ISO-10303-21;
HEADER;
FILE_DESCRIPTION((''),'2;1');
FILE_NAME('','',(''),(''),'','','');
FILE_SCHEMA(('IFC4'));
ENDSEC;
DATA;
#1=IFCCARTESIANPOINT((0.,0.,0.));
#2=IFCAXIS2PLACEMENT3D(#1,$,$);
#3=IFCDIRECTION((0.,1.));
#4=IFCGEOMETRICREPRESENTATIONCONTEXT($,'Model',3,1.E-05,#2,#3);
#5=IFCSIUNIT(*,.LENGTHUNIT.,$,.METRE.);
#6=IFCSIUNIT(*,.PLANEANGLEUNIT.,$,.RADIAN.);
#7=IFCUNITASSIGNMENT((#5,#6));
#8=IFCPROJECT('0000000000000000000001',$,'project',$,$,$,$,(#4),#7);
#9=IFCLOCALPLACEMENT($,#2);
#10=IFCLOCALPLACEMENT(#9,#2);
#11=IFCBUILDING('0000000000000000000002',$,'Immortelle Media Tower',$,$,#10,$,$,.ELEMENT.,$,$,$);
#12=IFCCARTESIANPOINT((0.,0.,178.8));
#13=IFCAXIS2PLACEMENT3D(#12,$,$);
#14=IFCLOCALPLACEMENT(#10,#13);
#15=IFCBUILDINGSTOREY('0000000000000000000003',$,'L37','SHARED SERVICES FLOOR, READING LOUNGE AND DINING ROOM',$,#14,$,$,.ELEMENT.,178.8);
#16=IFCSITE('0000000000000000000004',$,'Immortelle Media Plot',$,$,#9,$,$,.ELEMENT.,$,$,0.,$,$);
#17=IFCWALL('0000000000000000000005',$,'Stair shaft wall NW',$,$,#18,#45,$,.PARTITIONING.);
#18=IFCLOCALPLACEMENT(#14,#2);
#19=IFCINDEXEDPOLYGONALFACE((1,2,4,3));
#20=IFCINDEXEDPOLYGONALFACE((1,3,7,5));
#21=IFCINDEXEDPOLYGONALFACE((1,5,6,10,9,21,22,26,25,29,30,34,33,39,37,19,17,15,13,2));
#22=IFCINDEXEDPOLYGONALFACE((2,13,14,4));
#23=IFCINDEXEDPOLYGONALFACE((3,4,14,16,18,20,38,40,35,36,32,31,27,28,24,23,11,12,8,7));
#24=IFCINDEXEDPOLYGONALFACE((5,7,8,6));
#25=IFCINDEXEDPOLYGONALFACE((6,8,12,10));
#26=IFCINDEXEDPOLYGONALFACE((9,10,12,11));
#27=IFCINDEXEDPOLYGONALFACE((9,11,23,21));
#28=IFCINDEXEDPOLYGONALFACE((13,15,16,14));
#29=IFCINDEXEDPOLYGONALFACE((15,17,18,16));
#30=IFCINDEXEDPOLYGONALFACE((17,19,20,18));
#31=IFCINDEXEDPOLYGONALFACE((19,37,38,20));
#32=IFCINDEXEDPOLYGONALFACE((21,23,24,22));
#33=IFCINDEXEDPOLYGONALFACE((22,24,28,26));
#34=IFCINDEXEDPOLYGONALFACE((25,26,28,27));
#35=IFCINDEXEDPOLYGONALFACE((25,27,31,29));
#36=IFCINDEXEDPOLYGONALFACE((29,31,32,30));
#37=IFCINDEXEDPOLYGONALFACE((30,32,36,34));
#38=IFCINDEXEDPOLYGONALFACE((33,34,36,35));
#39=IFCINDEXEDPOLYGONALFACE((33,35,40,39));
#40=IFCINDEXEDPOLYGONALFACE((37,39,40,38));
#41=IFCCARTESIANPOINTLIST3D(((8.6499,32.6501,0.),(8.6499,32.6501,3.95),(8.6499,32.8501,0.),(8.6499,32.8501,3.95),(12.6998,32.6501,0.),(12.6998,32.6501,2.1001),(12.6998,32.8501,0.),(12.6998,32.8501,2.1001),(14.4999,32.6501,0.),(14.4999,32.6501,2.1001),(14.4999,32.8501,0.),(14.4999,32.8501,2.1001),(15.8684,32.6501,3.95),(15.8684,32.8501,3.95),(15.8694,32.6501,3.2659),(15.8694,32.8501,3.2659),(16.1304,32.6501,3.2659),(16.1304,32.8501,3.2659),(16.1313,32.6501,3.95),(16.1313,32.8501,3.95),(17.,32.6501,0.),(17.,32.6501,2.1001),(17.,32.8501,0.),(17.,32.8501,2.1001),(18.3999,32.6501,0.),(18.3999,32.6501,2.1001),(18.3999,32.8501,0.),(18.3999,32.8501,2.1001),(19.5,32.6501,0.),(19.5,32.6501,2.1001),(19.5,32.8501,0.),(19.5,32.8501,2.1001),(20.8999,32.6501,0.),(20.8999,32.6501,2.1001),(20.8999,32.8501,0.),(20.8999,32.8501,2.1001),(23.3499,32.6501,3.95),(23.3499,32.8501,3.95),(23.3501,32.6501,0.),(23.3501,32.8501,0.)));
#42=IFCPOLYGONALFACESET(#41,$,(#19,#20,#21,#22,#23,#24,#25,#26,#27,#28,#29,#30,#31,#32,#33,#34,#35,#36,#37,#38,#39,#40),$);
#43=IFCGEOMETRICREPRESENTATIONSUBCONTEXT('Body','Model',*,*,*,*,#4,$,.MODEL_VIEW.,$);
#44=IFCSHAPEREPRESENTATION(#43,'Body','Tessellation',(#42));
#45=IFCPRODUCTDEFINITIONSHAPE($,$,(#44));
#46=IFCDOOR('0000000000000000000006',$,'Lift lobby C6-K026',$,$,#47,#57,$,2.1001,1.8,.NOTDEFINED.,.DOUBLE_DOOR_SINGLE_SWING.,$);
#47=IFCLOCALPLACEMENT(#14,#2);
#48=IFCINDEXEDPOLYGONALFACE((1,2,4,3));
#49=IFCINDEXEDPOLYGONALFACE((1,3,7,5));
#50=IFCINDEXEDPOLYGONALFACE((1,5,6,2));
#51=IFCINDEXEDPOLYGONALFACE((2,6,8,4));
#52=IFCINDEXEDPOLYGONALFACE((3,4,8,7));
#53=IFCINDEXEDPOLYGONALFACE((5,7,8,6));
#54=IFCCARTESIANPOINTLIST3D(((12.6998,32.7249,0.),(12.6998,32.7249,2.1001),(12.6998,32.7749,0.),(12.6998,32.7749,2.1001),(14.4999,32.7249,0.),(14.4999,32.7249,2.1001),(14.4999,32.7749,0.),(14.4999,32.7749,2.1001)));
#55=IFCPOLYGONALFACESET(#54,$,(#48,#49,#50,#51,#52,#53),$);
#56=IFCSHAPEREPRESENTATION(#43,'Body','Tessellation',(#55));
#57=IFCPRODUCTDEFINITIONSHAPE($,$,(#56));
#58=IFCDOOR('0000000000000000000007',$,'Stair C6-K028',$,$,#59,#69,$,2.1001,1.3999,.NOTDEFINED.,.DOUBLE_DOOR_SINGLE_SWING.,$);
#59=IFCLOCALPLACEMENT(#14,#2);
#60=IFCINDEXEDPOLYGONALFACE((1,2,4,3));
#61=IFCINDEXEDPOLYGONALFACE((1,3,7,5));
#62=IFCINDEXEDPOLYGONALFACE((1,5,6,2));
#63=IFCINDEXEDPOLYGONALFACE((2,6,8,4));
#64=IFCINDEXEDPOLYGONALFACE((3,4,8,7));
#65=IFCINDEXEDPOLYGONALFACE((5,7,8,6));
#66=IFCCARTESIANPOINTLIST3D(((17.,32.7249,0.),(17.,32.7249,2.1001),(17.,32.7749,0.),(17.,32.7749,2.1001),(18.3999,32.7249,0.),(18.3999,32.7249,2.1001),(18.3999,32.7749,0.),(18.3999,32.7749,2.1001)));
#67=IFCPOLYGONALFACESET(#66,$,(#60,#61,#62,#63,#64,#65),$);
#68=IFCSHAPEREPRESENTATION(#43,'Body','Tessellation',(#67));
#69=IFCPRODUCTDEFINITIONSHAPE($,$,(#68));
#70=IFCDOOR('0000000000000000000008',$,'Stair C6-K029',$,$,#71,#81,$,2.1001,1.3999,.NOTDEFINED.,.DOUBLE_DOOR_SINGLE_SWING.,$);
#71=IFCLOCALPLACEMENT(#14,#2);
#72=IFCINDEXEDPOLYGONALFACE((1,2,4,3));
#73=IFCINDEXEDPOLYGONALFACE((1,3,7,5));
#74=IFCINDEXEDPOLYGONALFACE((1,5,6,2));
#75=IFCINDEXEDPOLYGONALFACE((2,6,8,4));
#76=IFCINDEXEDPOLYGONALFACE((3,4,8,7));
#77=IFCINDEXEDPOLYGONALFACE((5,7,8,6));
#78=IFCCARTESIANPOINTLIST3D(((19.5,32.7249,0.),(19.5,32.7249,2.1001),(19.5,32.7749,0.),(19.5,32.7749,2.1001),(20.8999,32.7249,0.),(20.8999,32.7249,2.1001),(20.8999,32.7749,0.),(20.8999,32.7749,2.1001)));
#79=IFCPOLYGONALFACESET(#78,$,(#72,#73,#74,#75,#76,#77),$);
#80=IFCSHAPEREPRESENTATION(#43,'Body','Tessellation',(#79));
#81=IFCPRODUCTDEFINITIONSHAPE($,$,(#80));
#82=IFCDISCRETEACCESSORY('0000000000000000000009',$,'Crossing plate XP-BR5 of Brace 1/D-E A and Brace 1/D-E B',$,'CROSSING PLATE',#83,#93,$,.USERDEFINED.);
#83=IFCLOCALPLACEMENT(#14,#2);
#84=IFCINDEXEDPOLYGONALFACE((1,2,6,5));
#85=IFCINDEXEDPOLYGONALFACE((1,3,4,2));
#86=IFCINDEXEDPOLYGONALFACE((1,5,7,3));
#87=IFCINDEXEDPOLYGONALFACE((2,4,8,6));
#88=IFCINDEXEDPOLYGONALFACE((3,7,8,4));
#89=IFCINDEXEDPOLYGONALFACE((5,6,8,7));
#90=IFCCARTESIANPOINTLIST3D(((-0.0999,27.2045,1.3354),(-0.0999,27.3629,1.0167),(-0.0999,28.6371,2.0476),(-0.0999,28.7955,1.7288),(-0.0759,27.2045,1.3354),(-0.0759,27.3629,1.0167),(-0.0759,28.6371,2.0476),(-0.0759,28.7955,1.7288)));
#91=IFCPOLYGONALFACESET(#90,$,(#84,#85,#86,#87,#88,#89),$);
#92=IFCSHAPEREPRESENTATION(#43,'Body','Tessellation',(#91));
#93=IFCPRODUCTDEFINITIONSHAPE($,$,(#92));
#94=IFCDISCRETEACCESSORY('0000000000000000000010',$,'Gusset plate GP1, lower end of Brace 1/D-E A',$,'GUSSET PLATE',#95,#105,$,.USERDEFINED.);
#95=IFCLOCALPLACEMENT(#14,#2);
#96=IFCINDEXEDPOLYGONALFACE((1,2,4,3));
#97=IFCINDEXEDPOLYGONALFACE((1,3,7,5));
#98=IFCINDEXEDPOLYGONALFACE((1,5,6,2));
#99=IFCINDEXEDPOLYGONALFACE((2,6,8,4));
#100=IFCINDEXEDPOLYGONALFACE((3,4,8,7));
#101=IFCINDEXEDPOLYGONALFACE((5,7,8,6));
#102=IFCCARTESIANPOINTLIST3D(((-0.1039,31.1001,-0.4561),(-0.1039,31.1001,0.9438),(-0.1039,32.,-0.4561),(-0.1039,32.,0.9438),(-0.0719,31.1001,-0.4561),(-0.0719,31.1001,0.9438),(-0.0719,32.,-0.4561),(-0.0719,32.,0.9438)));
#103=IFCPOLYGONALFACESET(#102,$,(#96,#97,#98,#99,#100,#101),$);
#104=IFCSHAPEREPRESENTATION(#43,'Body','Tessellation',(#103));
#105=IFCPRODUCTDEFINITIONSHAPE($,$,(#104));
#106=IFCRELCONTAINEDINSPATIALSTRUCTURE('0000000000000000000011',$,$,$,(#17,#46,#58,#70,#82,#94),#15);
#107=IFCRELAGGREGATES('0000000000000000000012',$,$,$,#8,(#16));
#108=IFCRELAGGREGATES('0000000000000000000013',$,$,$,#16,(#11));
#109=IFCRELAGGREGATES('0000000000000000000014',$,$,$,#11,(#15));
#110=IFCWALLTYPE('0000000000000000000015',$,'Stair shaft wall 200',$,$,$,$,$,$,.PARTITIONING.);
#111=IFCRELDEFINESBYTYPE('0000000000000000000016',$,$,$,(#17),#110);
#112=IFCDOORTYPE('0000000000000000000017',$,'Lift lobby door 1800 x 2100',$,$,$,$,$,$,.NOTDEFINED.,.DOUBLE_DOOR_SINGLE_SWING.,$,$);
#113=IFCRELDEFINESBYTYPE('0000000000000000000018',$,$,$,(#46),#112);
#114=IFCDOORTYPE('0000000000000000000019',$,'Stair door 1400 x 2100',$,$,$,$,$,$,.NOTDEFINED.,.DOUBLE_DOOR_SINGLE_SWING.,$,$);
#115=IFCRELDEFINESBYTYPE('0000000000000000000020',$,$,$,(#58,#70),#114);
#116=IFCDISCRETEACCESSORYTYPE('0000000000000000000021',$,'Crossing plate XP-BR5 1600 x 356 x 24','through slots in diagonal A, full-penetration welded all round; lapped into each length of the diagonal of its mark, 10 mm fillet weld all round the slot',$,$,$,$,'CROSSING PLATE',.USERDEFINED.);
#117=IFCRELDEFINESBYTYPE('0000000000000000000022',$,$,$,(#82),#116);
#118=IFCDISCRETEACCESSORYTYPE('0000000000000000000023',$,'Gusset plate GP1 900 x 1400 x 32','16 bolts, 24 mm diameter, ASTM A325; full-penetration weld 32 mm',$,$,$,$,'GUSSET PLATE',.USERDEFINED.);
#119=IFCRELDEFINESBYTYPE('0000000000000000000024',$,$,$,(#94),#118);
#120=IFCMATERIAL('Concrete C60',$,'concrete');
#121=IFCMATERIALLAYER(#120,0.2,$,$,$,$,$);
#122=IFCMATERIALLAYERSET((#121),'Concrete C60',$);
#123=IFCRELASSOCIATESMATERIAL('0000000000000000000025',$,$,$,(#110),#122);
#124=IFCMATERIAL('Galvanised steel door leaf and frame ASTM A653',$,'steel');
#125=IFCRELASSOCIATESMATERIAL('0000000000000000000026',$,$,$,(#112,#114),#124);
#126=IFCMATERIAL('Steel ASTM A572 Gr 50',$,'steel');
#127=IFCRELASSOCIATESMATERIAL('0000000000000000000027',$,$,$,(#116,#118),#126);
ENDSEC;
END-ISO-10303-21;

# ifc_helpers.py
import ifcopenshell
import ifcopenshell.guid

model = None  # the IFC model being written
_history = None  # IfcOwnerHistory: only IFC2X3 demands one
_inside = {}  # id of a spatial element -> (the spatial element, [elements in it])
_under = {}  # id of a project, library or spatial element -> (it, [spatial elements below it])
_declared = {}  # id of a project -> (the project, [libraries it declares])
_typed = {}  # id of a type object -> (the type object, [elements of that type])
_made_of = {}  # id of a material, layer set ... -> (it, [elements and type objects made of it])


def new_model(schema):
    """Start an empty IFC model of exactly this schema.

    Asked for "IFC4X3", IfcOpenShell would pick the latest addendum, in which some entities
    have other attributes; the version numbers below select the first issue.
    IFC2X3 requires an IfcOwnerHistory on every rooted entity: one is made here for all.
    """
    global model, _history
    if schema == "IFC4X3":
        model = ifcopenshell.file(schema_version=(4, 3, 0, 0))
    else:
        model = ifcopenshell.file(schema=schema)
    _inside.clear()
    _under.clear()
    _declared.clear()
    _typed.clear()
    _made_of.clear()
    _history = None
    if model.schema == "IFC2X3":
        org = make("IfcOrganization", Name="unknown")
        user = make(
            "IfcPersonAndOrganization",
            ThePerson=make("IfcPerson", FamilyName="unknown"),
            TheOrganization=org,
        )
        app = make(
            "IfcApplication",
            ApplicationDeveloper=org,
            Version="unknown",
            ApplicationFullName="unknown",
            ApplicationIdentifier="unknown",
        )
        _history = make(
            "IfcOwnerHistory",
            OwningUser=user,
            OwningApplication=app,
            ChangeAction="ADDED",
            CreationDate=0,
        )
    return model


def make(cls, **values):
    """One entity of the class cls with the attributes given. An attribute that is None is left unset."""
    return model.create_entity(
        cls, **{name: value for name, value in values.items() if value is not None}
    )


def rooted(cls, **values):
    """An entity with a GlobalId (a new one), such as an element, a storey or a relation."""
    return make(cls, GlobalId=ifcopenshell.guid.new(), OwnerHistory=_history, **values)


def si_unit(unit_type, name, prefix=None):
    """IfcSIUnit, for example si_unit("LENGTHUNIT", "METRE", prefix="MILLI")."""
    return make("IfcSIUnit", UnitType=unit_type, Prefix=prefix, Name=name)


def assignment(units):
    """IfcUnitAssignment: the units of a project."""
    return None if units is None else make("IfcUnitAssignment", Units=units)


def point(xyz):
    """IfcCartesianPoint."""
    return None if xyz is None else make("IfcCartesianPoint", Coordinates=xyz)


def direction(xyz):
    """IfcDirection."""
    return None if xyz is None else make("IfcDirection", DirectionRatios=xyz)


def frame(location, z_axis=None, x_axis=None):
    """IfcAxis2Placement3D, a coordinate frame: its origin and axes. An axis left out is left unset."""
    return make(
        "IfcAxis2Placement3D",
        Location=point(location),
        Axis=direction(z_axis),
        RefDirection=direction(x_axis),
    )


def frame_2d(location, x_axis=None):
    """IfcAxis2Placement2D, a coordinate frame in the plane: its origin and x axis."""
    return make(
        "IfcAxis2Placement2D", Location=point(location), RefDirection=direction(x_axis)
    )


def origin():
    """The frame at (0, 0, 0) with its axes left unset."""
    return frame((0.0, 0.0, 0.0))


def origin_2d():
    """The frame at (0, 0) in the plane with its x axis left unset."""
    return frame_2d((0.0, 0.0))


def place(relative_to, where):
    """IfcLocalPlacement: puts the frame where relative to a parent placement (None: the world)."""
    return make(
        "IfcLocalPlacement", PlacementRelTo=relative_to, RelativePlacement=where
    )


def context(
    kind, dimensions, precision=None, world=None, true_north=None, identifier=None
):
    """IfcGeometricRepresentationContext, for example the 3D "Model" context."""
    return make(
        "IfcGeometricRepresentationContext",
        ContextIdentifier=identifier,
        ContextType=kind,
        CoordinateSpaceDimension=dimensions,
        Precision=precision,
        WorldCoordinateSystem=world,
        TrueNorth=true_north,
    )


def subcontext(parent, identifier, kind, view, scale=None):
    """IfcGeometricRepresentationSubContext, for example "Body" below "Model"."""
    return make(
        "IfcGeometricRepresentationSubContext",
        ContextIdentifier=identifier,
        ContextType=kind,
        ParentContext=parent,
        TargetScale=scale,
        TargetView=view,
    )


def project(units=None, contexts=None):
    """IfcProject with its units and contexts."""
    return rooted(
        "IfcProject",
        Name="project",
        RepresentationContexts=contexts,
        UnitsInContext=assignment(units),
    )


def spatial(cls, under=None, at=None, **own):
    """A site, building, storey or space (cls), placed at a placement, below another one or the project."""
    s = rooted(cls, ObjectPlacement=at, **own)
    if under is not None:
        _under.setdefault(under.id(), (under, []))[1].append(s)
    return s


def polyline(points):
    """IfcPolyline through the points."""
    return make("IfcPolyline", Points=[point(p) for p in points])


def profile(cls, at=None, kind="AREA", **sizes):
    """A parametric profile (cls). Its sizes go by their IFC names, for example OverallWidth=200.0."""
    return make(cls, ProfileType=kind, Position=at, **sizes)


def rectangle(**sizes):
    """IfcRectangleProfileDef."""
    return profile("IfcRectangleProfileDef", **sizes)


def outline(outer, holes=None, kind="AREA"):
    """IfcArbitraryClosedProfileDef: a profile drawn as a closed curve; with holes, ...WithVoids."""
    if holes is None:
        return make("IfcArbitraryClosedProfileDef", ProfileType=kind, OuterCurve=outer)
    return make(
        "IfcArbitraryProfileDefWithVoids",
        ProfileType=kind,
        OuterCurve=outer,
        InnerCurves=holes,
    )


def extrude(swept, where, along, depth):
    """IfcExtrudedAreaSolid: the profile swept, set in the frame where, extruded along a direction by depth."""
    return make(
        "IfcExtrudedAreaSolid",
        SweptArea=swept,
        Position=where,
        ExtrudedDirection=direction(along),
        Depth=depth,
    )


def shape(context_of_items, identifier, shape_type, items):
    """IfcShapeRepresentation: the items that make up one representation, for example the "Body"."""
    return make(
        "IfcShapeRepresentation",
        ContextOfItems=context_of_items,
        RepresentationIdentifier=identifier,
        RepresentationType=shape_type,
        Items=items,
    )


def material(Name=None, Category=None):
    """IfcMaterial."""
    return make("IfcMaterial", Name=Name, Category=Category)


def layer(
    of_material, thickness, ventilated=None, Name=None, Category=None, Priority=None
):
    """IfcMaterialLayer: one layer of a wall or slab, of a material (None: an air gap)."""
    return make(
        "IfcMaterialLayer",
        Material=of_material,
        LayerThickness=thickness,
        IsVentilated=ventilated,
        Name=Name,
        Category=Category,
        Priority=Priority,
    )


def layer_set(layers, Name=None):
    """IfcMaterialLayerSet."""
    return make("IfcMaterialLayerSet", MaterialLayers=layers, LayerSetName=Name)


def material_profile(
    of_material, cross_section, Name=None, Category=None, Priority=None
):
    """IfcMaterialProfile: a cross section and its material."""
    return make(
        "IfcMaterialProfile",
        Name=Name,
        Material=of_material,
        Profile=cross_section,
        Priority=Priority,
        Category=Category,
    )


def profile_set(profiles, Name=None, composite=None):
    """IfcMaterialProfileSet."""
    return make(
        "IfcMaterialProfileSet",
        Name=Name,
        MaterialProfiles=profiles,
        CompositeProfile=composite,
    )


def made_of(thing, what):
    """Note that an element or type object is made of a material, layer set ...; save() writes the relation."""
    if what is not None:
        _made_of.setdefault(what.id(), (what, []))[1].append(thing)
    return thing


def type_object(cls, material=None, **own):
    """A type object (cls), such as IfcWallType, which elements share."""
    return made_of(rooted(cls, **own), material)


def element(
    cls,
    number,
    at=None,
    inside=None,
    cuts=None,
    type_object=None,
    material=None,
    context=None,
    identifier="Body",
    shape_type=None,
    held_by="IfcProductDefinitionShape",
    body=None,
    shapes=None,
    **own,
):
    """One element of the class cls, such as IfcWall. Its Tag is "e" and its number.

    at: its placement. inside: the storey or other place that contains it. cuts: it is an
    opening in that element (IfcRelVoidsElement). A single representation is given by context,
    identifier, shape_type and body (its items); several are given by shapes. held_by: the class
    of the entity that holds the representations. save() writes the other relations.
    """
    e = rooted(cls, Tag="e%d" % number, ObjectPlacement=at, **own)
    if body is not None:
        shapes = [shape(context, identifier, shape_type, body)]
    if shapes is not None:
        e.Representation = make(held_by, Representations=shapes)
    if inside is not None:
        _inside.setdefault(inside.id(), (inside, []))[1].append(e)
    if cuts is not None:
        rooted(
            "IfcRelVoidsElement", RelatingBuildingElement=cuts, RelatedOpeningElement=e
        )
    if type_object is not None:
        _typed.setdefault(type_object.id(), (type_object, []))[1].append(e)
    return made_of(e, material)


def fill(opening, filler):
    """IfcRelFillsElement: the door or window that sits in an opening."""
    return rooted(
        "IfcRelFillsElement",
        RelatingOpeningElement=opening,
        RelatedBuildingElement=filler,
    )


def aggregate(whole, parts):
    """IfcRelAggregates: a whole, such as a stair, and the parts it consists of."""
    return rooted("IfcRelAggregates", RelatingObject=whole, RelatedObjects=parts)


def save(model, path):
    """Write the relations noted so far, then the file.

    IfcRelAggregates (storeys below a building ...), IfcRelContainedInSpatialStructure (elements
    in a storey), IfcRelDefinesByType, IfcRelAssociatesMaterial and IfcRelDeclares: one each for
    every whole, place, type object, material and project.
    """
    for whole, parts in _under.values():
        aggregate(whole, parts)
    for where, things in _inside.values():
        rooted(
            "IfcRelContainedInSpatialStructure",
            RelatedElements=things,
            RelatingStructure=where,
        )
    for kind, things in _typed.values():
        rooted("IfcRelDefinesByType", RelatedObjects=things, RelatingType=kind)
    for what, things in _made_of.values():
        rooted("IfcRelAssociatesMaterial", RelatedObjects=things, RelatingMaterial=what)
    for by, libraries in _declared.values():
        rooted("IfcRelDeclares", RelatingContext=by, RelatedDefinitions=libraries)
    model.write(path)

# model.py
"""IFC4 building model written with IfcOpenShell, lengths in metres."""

from ifc_helpers import new_model, si_unit, direction, frame, frame_2d, origin, origin_2d, place, context, subcontext, project, spatial, polyline, rectangle, outline, extrude, material, layer, layer_set, material_profile, profile_set, type_object, element, fill, save


model = new_model("IFC4")

# Units and contexts
model_context = context("Model", 3, precision=1e-05, world=origin(), true_north=direction((0.0, 1.0)))
body_context = subcontext(model_context, "Body", "Model", "MODEL_VIEW")
ifc_project = project(units=[si_unit("LENGTHUNIT", "METRE"), si_unit("PLANEANGLEUNIT", "RADIAN")], contexts=[model_context])

# Site, building, storey
site_placement = place(None, origin())
site = spatial("IfcSite", under=ifc_project, at=site_placement, Name="Immortelle Media Plot", CompositionType="ELEMENT", RefElevation=0.0)
building_placement = place(site_placement, origin())
building = spatial("IfcBuilding", under=site, at=building_placement, Name="Immortelle Media Tower", CompositionType="ELEMENT")
storey_placement = place(building_placement, frame((0.0, 0.0, 178.8)))
storey = spatial("IfcBuildingStorey", under=building, at=storey_placement, Name="L37", Description="SHARED SERVICES FLOOR, READING LOUNGE AND DINING ROOM", CompositionType="ELEMENT", Elevation=178.8)

# Shared definitions
ifc_material_1 = material(Name="Galvanised steel door leaf and frame ASTM A653", Category="steel")

# Wall, openings, doors
ifc_material_2 = material(Name="Concrete C60", Category="concrete")
ifc_layer_1 = layer(ifc_material_2, 0.2)
ifc_layer_set_1 = layer_set([ifc_layer_1], Name="Concrete C60")
wall_type_1 = type_object("IfcWallType", Name="Stair shaft wall 200", PredefinedType="PARTITIONING", material=ifc_layer_set_1)
wall_1_placement = place(storey_placement, frame((8.6499, 32.75, 0.0), z_axis=(0.0, 0.0, 1.0), x_axis=(1.0, 0.0, 0.0)))
wall_1 = element("IfcWall", 1, at=wall_1_placement, inside=storey, type_object=wall_type_1, Name="Stair shaft wall NW", PredefinedType="PARTITIONING", context=body_context, shape_type="SweptSolid", body=[
    extrude(outline(polyline([(0.0, 0.0), (14.7002, 0.0), (14.7, 3.95), (7.4814, 3.95), (7.4805, 3.2659), (7.2195, 3.2659), (7.2185, 3.95), (0.0, 3.95), (0.0, 0.0)])), frame((0.0, 0.1001, 0.0), z_axis=(0.0, -1.0, 0.0), x_axis=(1.0, 0.0, 0.0)), (0.0, 0.0, 1.0), 0.2),
])
opening_1_placement = place(wall_1_placement, frame((4.05, 0.0, 0.0)))
opening_1 = element("IfcOpeningElement", 2, at=opening_1_placement, cuts=wall_1, PredefinedType="OPENING", context=body_context, shape_type="SweptSolid", body=[
    extrude(rectangle(XDim=1.8, YDim=2.1001, at=frame_2d((0.8999, 1.05))), frame((0.0, 0.1099, 0.0), z_axis=(0.0, -1.0, 0.0), x_axis=(1.0, 0.0, 0.0)), (0.0, 0.0, 1.0), 0.22),
])
opening_2_placement = place(wall_1_placement, frame((8.3501, 0.0, 0.0)))
opening_2 = element("IfcOpeningElement", 3, at=opening_2_placement, cuts=wall_1, PredefinedType="OPENING", context=body_context, shape_type="SweptSolid", body=[
    extrude(rectangle(XDim=1.3999, YDim=2.1001, at=frame_2d((0.7, 1.05))), frame((0.0, 0.1099, 0.0), z_axis=(0.0, -1.0, 0.0), x_axis=(1.0, 0.0, 0.0)), (0.0, 0.0, 1.0), 0.22),
])
opening_3_placement = place(wall_1_placement, frame((10.8501, 0.0, 0.0)))
opening_3 = element("IfcOpeningElement", 4, at=opening_3_placement, cuts=wall_1, PredefinedType="OPENING", context=body_context, shape_type="SweptSolid", body=[
    extrude(rectangle(XDim=1.3999, YDim=2.1001, at=frame_2d((0.7, 1.05))), frame((0.0, 0.1099, 0.0), z_axis=(0.0, -1.0, 0.0), x_axis=(1.0, 0.0, 0.0)), (0.0, 0.0, 1.0), 0.22),
])
door_type_1 = type_object("IfcDoorType", Name="Lift lobby door 1800 x 2100", OperationType="DOUBLE_DOOR_SINGLE_SWING", PredefinedType="NOTDEFINED", material=ifc_material_1)
door_1_placement = place(opening_1_placement, origin())
door_1 = element("IfcDoor", 5, at=door_1_placement, inside=storey, type_object=door_type_1, Name="Lift lobby C6-K026", OperationType="DOUBLE_DOOR_SINGLE_SWING", OverallHeight=2.1001, OverallWidth=1.8, PredefinedType="NOTDEFINED", context=body_context, shape_type="SweptSolid", body=[
    extrude(rectangle(XDim=1.8, YDim=2.1001, at=frame_2d((0.8999, 1.05))), frame((0.0, 0.0249, 0.0), z_axis=(0.0, -1.0, 0.0), x_axis=(1.0, 0.0, 0.0)), (0.0, 0.0, 1.0), 0.05),
])
fill(opening_1, door_1)
door_type_2 = type_object("IfcDoorType", Name="Stair door 1400 x 2100", OperationType="DOUBLE_DOOR_SINGLE_SWING", PredefinedType="NOTDEFINED", material=ifc_material_1)
door_2_placement = place(opening_2_placement, origin())
door_2 = element("IfcDoor", 6, at=door_2_placement, inside=storey, type_object=door_type_2, Name="Stair C6-K028", OperationType="DOUBLE_DOOR_SINGLE_SWING", OverallHeight=2.1001, OverallWidth=1.3999, PredefinedType="NOTDEFINED", context=body_context, shape_type="SweptSolid", body=[
    extrude(rectangle(XDim=1.3999, YDim=2.1001, at=frame_2d((0.7, 1.05))), frame((0.0, 0.0249, 0.0), z_axis=(0.0, -1.0, 0.0), x_axis=(1.0, 0.0, 0.0)), (0.0, 0.0, 1.0), 0.05),
])
fill(opening_2, door_2)
door_3_placement = place(opening_3_placement, origin())
door_3 = element("IfcDoor", 7, at=door_3_placement, inside=storey, type_object=door_type_2, Name="Stair C6-K029", OperationType="DOUBLE_DOOR_SINGLE_SWING", OverallHeight=2.1001, OverallWidth=1.3999, PredefinedType="NOTDEFINED", context=body_context, shape_type="SweptSolid", body=[
    extrude(rectangle(XDim=1.3999, YDim=2.1001, at=frame_2d((0.7, 1.05))), frame((0.0, 0.0249, 0.0), z_axis=(0.0, -1.0, 0.0), x_axis=(1.0, 0.0, 0.0)), (0.0, 0.0, 1.0), 0.05),
])
fill(opening_3, door_3)

# Discrete accessories
ifc_material_3 = material(Name="Steel ASTM A572 Gr 50", Category="steel")
ifc_material_profile_1 = material_profile(ifc_material_3, rectangle(XDim=0.0239, YDim=0.356, at=origin_2d()), Name="PL 24 x 356")
ifc_profile_set_1 = profile_set([ifc_material_profile_1], Name="Steel ASTM A572 Gr 50")
discrete_accessory_type_1 = type_object("IfcDiscreteAccessoryType", Name="Crossing plate XP-BR5 1600 x 356 x 24", Description="through slots in diagonal A, full-penetration welded all round; lapped into each length of the diagonal of its mark, 10 mm fillet weld all round the slot", ElementType="CROSSING PLATE", PredefinedType="USERDEFINED", material=ifc_profile_set_1)
discrete_accessory_1_placement = place(storey_placement, frame((-0.0879, 28.7163, 1.8882), z_axis=(0.0, -0.895462, -0.445137), x_axis=(1.0, 0.0, 0.0)))
element("IfcDiscreteAccessory", 8, at=discrete_accessory_1_placement, inside=storey, type_object=discrete_accessory_type_1, Name="Crossing plate XP-BR5 of Brace 1/D-E A and Brace 1/D-E B", ObjectType="CROSSING PLATE", PredefinedType="USERDEFINED", context=body_context, shape_type="SweptSolid", body=[
    extrude(rectangle(XDim=0.0239, YDim=0.356, at=origin_2d()), origin(), (0.0, 0.0, 1.0), 1.5999),
])
ifc_material_profile_2 = material_profile(ifc_material_3, rectangle(XDim=0.032, YDim=1.3999, at=origin_2d()), Name="PL 32 x 1400")
ifc_profile_set_2 = profile_set([ifc_material_profile_2], Name="Steel ASTM A572 Gr 50")
discrete_accessory_type_2 = type_object("IfcDiscreteAccessoryType", Name="Gusset plate GP1 900 x 1400 x 32", Description="16 bolts, 24 mm diameter, ASTM A325; full-penetration weld 32 mm", ElementType="GUSSET PLATE", PredefinedType="USERDEFINED", material=ifc_profile_set_2)
discrete_accessory_2_placement = place(storey_placement, frame((-0.0879, 32.0, 0.2439), z_axis=(0.0, -1.0, 0.0), x_axis=(1.0, 0.0, 0.0)))
element("IfcDiscreteAccessory", 9, at=discrete_accessory_2_placement, inside=storey, type_object=discrete_accessory_type_2, Name="Gusset plate GP1, lower end of Brace 1/D-E A", ObjectType="GUSSET PLATE", PredefinedType="USERDEFINED", context=body_context, shape_type="SweptSolid", body=[
    extrude(rectangle(XDim=0.032, YDim=1.3999, at=origin_2d()), origin(), (0.0, 0.0, 1.0), 0.8999),
])

save(model, "model.ifc")
